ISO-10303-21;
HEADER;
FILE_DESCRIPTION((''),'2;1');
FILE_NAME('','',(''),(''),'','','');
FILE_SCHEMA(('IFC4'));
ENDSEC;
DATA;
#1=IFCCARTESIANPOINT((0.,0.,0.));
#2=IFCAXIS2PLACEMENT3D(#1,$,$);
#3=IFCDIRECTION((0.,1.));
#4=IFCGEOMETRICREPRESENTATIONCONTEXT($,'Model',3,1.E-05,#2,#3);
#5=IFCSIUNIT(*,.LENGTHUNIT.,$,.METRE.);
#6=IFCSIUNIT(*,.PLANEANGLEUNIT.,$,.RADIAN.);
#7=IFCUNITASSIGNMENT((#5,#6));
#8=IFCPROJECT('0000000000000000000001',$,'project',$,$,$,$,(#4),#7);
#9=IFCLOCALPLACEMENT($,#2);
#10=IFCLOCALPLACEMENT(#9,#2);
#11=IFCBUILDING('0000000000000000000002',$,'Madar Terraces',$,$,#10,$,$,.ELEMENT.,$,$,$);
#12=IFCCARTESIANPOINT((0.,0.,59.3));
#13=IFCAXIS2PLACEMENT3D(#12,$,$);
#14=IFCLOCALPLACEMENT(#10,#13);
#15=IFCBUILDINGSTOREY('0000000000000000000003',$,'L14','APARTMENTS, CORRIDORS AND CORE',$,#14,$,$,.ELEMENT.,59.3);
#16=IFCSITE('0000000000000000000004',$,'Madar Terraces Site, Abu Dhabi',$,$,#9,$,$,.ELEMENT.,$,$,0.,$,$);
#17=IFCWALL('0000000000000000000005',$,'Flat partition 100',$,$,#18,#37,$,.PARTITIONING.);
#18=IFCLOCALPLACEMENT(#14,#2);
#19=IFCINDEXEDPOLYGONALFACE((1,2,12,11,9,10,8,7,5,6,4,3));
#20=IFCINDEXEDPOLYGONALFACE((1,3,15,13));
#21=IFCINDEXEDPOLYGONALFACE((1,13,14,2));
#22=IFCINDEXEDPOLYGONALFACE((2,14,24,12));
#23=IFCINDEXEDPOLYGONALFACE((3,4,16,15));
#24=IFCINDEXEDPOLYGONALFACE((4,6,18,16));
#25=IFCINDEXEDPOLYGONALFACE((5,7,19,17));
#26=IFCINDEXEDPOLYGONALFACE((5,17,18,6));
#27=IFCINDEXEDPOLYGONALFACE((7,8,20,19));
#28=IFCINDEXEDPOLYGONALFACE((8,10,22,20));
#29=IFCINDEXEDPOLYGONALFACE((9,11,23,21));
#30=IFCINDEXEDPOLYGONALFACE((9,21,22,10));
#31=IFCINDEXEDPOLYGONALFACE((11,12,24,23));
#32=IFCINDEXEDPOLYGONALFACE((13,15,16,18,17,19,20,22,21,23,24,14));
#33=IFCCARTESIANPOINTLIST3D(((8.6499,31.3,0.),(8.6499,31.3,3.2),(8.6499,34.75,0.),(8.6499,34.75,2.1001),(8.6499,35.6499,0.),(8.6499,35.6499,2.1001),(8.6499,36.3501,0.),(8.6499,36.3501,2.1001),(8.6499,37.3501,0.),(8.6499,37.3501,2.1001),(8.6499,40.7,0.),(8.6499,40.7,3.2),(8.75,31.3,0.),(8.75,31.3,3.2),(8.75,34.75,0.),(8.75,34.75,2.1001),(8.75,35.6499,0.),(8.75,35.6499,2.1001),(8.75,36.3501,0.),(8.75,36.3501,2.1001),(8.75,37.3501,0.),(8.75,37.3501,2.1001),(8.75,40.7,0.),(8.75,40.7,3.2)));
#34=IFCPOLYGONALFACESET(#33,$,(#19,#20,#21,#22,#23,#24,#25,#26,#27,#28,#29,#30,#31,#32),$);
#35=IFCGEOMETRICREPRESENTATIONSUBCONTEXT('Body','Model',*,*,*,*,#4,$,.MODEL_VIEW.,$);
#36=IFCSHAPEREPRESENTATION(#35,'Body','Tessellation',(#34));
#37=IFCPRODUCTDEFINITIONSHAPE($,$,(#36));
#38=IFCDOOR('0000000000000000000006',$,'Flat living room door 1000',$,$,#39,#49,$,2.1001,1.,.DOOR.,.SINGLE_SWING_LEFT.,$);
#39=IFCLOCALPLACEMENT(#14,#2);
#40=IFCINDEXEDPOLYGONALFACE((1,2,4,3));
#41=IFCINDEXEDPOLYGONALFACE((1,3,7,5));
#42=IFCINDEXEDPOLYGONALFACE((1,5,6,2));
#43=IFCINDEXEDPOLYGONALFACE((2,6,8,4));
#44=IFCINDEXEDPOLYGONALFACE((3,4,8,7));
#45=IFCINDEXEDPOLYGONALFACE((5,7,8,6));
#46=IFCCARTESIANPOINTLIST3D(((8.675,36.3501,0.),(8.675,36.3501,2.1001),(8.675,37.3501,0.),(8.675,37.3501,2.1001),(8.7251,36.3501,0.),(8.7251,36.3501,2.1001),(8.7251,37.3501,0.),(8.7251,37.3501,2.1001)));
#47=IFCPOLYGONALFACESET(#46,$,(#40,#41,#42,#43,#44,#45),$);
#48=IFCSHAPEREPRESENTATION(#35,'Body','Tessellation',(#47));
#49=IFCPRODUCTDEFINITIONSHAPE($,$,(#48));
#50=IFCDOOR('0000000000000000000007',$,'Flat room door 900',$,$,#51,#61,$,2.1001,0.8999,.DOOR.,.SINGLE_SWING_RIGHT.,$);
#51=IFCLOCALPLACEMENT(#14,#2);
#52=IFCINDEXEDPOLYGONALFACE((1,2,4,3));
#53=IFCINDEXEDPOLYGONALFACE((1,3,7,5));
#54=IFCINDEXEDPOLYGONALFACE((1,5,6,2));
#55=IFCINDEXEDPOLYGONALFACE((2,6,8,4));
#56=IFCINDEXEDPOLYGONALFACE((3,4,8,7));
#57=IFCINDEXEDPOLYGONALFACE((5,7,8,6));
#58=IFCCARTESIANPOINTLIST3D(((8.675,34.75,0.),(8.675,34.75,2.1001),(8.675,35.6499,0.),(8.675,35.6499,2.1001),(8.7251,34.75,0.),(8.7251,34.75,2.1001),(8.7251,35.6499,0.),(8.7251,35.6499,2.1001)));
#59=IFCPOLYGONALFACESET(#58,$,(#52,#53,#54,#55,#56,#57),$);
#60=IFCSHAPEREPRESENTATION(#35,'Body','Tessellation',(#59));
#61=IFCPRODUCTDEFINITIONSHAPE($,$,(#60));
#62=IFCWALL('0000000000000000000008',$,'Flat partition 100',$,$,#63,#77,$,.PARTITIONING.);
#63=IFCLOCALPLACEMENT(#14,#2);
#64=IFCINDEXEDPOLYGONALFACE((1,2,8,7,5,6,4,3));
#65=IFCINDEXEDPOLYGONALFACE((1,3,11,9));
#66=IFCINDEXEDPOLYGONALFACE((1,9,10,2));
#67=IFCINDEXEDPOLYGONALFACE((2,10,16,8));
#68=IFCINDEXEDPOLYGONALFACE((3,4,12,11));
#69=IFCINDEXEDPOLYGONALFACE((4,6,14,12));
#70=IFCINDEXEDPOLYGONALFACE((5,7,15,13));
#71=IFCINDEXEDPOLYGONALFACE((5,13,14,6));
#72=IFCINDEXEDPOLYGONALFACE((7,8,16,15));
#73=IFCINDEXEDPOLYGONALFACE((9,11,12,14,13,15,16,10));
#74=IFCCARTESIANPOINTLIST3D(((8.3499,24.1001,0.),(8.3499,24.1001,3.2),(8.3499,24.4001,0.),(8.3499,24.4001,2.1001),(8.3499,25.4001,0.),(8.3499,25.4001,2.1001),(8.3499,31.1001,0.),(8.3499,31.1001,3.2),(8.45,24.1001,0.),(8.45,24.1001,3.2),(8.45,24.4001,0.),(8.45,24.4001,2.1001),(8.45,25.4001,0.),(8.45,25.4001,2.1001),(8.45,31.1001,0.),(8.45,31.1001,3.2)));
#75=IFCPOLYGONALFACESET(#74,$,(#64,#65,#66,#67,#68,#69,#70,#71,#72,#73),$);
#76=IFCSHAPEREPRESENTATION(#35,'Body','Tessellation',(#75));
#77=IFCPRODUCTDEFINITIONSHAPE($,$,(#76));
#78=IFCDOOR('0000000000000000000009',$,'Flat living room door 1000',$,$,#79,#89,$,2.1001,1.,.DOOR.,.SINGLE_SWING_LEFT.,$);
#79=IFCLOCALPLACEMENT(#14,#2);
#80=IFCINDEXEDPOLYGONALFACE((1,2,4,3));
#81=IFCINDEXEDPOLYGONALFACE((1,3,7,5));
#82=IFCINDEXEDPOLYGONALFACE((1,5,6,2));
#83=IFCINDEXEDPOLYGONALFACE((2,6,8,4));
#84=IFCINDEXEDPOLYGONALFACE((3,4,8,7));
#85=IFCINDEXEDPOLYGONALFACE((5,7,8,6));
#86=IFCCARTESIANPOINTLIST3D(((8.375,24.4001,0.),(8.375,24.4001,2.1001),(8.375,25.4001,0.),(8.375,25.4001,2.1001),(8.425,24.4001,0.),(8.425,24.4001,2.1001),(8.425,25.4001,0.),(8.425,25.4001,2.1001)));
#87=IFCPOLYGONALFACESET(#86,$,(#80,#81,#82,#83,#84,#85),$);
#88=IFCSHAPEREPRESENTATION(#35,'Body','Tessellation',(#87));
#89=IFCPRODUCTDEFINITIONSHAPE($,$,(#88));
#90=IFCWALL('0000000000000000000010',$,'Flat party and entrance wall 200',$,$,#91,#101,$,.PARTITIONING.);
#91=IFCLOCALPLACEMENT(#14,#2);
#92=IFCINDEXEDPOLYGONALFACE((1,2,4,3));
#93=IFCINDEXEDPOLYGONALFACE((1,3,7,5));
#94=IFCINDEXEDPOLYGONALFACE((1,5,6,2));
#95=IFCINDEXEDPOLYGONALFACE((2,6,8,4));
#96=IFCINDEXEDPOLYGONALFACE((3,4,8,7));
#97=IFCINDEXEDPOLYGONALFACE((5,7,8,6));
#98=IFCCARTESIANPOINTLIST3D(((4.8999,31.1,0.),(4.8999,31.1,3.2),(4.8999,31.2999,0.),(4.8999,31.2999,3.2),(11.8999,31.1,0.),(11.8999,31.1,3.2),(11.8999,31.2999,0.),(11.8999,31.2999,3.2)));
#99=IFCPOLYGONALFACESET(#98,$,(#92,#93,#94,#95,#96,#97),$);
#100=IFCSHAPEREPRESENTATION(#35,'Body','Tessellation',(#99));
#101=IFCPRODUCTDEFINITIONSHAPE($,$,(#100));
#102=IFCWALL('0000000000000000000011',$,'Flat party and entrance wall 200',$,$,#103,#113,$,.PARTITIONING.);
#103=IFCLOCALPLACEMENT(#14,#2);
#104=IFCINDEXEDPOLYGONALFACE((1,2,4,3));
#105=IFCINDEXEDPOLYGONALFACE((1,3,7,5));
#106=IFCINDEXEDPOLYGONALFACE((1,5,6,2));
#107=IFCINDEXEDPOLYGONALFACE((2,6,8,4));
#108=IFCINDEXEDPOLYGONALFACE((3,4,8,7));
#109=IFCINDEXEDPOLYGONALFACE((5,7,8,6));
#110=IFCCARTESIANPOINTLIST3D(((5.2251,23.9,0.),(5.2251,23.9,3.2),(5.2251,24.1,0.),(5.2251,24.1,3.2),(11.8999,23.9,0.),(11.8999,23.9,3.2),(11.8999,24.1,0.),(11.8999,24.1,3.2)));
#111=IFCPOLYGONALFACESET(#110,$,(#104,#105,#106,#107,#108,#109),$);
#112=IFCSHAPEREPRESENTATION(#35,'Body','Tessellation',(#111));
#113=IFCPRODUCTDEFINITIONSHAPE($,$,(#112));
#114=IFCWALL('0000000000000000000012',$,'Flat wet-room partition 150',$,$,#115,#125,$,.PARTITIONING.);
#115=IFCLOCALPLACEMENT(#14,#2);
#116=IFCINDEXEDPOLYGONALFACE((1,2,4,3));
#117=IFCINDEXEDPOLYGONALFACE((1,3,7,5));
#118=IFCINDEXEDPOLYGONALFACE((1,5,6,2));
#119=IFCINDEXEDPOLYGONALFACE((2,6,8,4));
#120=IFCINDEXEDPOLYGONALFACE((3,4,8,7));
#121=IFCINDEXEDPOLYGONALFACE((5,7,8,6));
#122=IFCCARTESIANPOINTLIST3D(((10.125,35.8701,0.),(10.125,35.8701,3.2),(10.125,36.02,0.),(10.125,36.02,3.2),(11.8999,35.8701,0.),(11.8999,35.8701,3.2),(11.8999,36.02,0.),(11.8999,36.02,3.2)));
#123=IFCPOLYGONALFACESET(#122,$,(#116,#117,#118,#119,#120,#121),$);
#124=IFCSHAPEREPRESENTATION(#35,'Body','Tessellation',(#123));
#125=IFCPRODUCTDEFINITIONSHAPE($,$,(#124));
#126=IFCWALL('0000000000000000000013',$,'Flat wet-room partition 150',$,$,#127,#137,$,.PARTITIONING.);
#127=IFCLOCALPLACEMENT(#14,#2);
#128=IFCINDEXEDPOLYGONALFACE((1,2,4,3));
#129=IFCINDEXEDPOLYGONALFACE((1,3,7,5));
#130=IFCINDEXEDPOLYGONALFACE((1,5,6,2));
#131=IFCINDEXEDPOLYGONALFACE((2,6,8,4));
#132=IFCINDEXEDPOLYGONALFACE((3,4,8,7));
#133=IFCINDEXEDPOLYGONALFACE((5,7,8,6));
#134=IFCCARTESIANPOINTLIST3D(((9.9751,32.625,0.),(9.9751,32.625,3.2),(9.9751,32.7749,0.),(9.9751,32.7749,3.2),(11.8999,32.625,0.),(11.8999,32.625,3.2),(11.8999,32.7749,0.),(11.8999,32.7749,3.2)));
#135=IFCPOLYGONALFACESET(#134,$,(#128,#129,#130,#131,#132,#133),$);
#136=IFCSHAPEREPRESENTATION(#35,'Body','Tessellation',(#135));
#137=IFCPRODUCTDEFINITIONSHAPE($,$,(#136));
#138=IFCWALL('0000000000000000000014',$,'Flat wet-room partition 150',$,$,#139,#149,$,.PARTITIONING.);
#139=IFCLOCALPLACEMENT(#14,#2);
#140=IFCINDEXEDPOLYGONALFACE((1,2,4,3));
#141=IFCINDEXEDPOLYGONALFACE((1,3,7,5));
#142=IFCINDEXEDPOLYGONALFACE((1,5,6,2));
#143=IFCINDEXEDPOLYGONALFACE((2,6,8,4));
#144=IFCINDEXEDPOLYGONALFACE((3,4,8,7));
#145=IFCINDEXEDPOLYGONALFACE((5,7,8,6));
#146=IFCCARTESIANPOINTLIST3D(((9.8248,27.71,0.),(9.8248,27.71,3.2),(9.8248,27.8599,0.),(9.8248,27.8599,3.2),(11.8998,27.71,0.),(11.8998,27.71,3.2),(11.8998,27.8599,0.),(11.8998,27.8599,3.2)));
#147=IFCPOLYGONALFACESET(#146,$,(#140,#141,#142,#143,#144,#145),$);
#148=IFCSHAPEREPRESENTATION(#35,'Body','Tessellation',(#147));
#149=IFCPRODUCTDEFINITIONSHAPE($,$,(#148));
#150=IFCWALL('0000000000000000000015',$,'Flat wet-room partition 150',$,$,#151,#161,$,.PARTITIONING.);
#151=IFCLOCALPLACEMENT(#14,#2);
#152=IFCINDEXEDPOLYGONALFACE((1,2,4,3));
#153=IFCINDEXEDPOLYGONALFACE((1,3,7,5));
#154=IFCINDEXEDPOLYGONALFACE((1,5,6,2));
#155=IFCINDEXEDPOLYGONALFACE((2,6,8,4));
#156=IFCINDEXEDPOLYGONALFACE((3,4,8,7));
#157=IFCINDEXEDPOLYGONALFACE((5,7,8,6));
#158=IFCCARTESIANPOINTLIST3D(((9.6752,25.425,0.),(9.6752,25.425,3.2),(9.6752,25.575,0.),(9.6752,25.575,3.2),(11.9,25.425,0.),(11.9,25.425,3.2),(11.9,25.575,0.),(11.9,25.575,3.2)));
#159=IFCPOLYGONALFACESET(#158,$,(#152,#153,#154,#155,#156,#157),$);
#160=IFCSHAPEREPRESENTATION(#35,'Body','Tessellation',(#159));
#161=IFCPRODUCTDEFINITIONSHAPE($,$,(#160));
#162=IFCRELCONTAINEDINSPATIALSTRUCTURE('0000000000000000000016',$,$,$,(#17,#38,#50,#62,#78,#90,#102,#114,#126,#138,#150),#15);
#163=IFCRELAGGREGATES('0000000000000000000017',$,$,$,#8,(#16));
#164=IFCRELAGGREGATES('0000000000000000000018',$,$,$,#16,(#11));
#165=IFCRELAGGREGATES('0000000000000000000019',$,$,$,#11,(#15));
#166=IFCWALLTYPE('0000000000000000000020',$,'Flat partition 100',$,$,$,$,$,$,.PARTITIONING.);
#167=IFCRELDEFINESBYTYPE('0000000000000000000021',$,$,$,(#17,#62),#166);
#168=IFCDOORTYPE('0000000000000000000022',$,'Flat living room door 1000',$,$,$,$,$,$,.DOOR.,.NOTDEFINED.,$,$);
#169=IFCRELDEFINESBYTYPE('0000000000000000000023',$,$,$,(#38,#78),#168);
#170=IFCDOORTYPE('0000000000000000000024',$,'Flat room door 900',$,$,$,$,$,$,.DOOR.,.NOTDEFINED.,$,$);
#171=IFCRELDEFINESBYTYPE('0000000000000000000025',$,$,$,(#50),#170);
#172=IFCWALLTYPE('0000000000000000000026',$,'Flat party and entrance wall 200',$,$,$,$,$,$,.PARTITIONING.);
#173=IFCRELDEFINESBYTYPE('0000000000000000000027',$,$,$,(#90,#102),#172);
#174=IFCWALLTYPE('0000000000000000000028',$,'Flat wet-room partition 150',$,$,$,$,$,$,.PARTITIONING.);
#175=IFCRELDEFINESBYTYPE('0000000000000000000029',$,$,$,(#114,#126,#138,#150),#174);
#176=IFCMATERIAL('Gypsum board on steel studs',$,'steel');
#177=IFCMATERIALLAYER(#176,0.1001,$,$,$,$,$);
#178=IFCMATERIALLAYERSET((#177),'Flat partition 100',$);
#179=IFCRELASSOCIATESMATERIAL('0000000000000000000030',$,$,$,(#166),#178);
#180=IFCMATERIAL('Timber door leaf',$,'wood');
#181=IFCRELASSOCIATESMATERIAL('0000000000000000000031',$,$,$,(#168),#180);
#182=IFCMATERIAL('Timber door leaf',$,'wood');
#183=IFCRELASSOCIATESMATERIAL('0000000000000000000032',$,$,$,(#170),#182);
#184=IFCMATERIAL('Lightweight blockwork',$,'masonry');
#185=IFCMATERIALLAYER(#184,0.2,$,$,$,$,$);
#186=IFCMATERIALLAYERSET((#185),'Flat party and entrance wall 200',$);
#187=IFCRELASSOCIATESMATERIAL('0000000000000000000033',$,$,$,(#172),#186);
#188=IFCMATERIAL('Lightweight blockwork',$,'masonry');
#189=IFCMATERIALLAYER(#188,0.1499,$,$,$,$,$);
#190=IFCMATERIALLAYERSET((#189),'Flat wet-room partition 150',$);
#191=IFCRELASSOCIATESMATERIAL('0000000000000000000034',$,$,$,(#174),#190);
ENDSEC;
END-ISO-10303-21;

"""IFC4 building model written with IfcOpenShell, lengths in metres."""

from ifc_helpers import new_model, si_unit, direction, frame, frame_2d, origin, place, context, subcontext, project, spatial, rectangle, extrude, material, layer, layer_set, type_object, element, fill, save


model = new_model("IFC4")

# Units and contexts
model_context = context("Model", 3, precision=1e-05, world=origin(), true_north=direction((0.0, 1.0)))
body_context = subcontext(model_context, "Body", "Model", "MODEL_VIEW")
ifc_project = project(units=[si_unit("LENGTHUNIT", "METRE"), si_unit("PLANEANGLEUNIT", "RADIAN")], contexts=[model_context])

# Site, building, storey
site_placement = place(None, origin())
site = spatial("IfcSite", under=ifc_project, at=site_placement, Name="Madar Terraces Site, Abu Dhabi", CompositionType="ELEMENT", RefElevation=0.0)
building_placement = place(site_placement, origin())
building = spatial("IfcBuilding", under=site, at=building_placement, Name="Madar Terraces", CompositionType="ELEMENT")
storey_placement = place(building_placement, frame((0.0, 0.0, 59.3)))
storey = spatial("IfcBuildingStorey", under=building, at=storey_placement, Name="L14", Description="APARTMENTS, CORRIDORS AND CORE", CompositionType="ELEMENT", Elevation=59.3)

# Shared definitions
ifc_material_1 = material(Name="Gypsum board on steel studs", Category="steel")
ifc_layer_1 = layer(ifc_material_1, 0.1001)
ifc_layer_set_1 = layer_set([ifc_layer_1], Name="Flat partition 100")
wall_type_1 = type_object("IfcWallType", Name="Flat partition 100", PredefinedType="PARTITIONING", material=ifc_layer_set_1)

# Wall, openings, doors
wall_1_placement = place(storey_placement, frame((8.7, 31.3, 0.0), z_axis=(0.0, 0.0, 1.0), x_axis=(0.0, 1.0, 0.0)))
wall_1 = element("IfcWall", 1, at=wall_1_placement, inside=storey, type_object=wall_type_1, Name="Flat partition 100", PredefinedType="PARTITIONING", context=body_context, shape_type="SweptSolid", body=[
    extrude(rectangle(XDim=9.3999, YDim=0.1001, at=frame_2d((4.7, 0.0))), origin(), (0.0, 0.0, 1.0), 3.2),
])
opening_1_placement = place(wall_1_placement, frame((3.45, 0.0, 0.0)))
opening_1 = element("IfcOpeningElement", 2, at=opening_1_placement, cuts=wall_1, PredefinedType="OPENING", context=body_context, shape_type="SweptSolid", body=[
    extrude(rectangle(XDim=0.8999, YDim=2.1001, at=frame_2d((0.45, 1.05))), frame((0.0, 0.0601, 0.0), z_axis=(0.0, -1.0, 0.0), x_axis=(1.0, 0.0, 0.0)), (0.0, 0.0, 1.0), 0.1201),
])
opening_2_placement = place(wall_1_placement, frame((5.05, 0.0, 0.0)))
opening_2 = element("IfcOpeningElement", 3, at=opening_2_placement, cuts=wall_1, PredefinedType="OPENING", context=body_context, shape_type="SweptSolid", body=[
    extrude(rectangle(XDim=1.0, YDim=2.1001, at=frame_2d((0.5, 1.05))), frame((0.0, 0.0601, 0.0), z_axis=(0.0, -1.0, 0.0), x_axis=(1.0, 0.0, 0.0)), (0.0, 0.0, 1.0), 0.1201),
])
ifc_material_2 = material(Name="Timber door leaf", Category="wood")
door_type_1 = type_object("IfcDoorType", Name="Flat living room door 1000", OperationType="NOTDEFINED", PredefinedType="DOOR", material=ifc_material_2)
door_1_placement = place(opening_2_placement, origin())
door_1 = element("IfcDoor", 4, at=door_1_placement, inside=storey, type_object=door_type_1, Name="Flat living room door 1000", OperationType="SINGLE_SWING_LEFT", OverallHeight=2.1001, OverallWidth=1.0, PredefinedType="DOOR", context=body_context, shape_type="SweptSolid", body=[
    extrude(rectangle(XDim=1.0, YDim=2.1001, at=frame_2d((0.5, 1.05))), frame((0.0, 0.0249, 0.0), z_axis=(0.0, -1.0, 0.0), x_axis=(1.0, 0.0, 0.0)), (0.0, 0.0, 1.0), 0.05),
])
fill(opening_2, door_1)
ifc_material_3 = material(Name="Timber door leaf", Category="wood")
door_type_2 = type_object("IfcDoorType", Name="Flat room door 900", OperationType="NOTDEFINED", PredefinedType="DOOR", material=ifc_material_3)
door_2_placement = place(opening_1_placement, origin())
door_2 = element("IfcDoor", 5, at=door_2_placement, inside=storey, type_object=door_type_2, Name="Flat room door 900", OperationType="SINGLE_SWING_RIGHT", OverallHeight=2.1001, OverallWidth=0.8999, PredefinedType="DOOR", context=body_context, shape_type="SweptSolid", body=[
    extrude(rectangle(XDim=0.8999, YDim=2.1001, at=frame_2d((0.45, 1.05))), frame((0.0, 0.0249, 0.0), z_axis=(0.0, -1.0, 0.0), x_axis=(1.0, 0.0, 0.0)), (0.0, 0.0, 1.0), 0.05),
])
fill(opening_1, door_2)

# Wall, opening, door
wall_2_placement = place(storey_placement, frame((8.3999, 24.1001, 0.0), z_axis=(0.0, 0.0, 1.0), x_axis=(0.0, 1.0, 0.0)))
wall_2 = element("IfcWall", 6, at=wall_2_placement, inside=storey, type_object=wall_type_1, Name="Flat partition 100", PredefinedType="PARTITIONING", context=body_context, shape_type="SweptSolid", body=[
    extrude(rectangle(XDim=7.0, YDim=0.1001, at=frame_2d((3.5, 0.0))), origin(), (0.0, 0.0, 1.0), 3.2),
])
opening_3_placement = place(wall_2_placement, frame((0.3, 0.0, 0.0)))
opening_3 = element("IfcOpeningElement", 7, at=opening_3_placement, cuts=wall_2, PredefinedType="OPENING", context=body_context, shape_type="SweptSolid", body=[
    extrude(rectangle(XDim=1.0, YDim=2.1001, at=frame_2d((0.5, 1.05))), frame((0.0, 0.0601, 0.0), z_axis=(0.0, -1.0, 0.0), x_axis=(1.0, 0.0, 0.0)), (0.0, 0.0, 1.0), 0.1201),
])
door_3_placement = place(opening_3_placement, origin())
door_3 = element("IfcDoor", 8, at=door_3_placement, inside=storey, type_object=door_type_1, Name="Flat living room door 1000", OperationType="SINGLE_SWING_LEFT", OverallHeight=2.1001, OverallWidth=1.0, PredefinedType="DOOR", context=body_context, shape_type="SweptSolid", body=[
    extrude(rectangle(XDim=1.0, YDim=2.1001, at=frame_2d((0.5, 1.05))), frame((0.0, 0.0249, 0.0), z_axis=(0.0, -1.0, 0.0), x_axis=(1.0, 0.0, 0.0)), (0.0, 0.0, 1.0), 0.05),
])
fill(opening_3, door_3)

# Walls
ifc_material_4 = material(Name="Lightweight blockwork", Category="masonry")
ifc_layer_2 = layer(ifc_material_4, 0.2)
ifc_layer_set_2 = layer_set([ifc_layer_2], Name="Flat party and entrance wall 200")
wall_type_2 = type_object("IfcWallType", Name="Flat party and entrance wall 200", PredefinedType="PARTITIONING", material=ifc_layer_set_2)
wall_3_placement = place(storey_placement, frame((4.8999, 31.2, 0.0), z_axis=(0.0, 0.0, 1.0), x_axis=(1.0, 0.0, 0.0)))
element("IfcWall", 9, at=wall_3_placement, inside=storey, type_object=wall_type_2, Name="Flat party and entrance wall 200", PredefinedType="PARTITIONING", context=body_context, shape_type="SweptSolid", body=[
    extrude(rectangle(XDim=7.0, YDim=0.2, at=frame_2d((3.5, 0.0))), origin(), (0.0, 0.0, 1.0), 3.2),
])
wall_4_placement = place(storey_placement, frame((5.2251, 24.0, 0.0), z_axis=(0.0, 0.0, 1.0), x_axis=(1.0, 0.0, 0.0)))
element("IfcWall", 10, at=wall_4_placement, inside=storey, type_object=wall_type_2, Name="Flat party and entrance wall 200", PredefinedType="PARTITIONING", context=body_context, shape_type="SweptSolid", body=[
    extrude(rectangle(XDim=6.6748, YDim=0.2, at=frame_2d((3.3374, 0.0))), origin(), (0.0, 0.0, 1.0), 3.2),
])
ifc_material_5 = material(Name="Lightweight blockwork", Category="masonry")
ifc_layer_3 = layer(ifc_material_5, 0.1499)
ifc_layer_set_3 = layer_set([ifc_layer_3], Name="Flat wet-room partition 150")
wall_type_3 = type_object("IfcWallType", Name="Flat wet-room partition 150", PredefinedType="PARTITIONING", material=ifc_layer_set_3)
wall_5_placement = place(storey_placement, frame((11.8999, 35.9451, 0.0), z_axis=(0.0, 0.0, 1.0), x_axis=(-1.0, 0.0, 0.0)))
element("IfcWall", 11, at=wall_5_placement, inside=storey, type_object=wall_type_3, Name="Flat wet-room partition 150", PredefinedType="PARTITIONING", context=body_context, shape_type="SweptSolid", body=[
    extrude(rectangle(XDim=1.7749, YDim=0.1499, at=frame_2d((0.8875, 0.0))), origin(), (0.0, 0.0, 1.0), 3.2),
])
wall_6_placement = place(storey_placement, frame((11.8999, 32.7, 0.0), z_axis=(0.0, 0.0, 1.0), x_axis=(-1.0, 0.0, 0.0)))
element("IfcWall", 12, at=wall_6_placement, inside=storey, type_object=wall_type_3, Name="Flat wet-room partition 150", PredefinedType="PARTITIONING", context=body_context, shape_type="SweptSolid", body=[
    extrude(rectangle(XDim=1.9248, YDim=0.1499, at=frame_2d((0.9624, 0.0))), origin(), (0.0, 0.0, 1.0), 3.2),
])
wall_7_placement = place(storey_placement, frame((11.8999, 27.7849, 0.0), z_axis=(0.0, 0.0, 1.0), x_axis=(-1.0, 0.0, 0.0)))
element("IfcWall", 13, at=wall_7_placement, inside=storey, type_object=wall_type_3, Name="Flat wet-room partition 150", PredefinedType="PARTITIONING", context=body_context, shape_type="SweptSolid", body=[
    extrude(rectangle(XDim=2.075, YDim=0.1499, at=frame_2d((1.0376, 0.0))), origin(), (0.0, 0.0, 1.0), 3.2),
])
wall_8_placement = place(storey_placement, frame((11.8999, 25.5, 0.0), z_axis=(0.0, 0.0, 1.0), x_axis=(-1.0, 0.0, 0.0)))
element("IfcWall", 14, at=wall_8_placement, inside=storey, type_object=wall_type_3, Name="Flat wet-room partition 150", PredefinedType="PARTITIONING", context=body_context, shape_type="SweptSolid", body=[
    extrude(rectangle(XDim=2.2249, YDim=0.1499, at=frame_2d((1.1123, 0.0))), origin(), (0.0, 0.0, 1.0), 3.2),
])

save(model, "model.ifc")
